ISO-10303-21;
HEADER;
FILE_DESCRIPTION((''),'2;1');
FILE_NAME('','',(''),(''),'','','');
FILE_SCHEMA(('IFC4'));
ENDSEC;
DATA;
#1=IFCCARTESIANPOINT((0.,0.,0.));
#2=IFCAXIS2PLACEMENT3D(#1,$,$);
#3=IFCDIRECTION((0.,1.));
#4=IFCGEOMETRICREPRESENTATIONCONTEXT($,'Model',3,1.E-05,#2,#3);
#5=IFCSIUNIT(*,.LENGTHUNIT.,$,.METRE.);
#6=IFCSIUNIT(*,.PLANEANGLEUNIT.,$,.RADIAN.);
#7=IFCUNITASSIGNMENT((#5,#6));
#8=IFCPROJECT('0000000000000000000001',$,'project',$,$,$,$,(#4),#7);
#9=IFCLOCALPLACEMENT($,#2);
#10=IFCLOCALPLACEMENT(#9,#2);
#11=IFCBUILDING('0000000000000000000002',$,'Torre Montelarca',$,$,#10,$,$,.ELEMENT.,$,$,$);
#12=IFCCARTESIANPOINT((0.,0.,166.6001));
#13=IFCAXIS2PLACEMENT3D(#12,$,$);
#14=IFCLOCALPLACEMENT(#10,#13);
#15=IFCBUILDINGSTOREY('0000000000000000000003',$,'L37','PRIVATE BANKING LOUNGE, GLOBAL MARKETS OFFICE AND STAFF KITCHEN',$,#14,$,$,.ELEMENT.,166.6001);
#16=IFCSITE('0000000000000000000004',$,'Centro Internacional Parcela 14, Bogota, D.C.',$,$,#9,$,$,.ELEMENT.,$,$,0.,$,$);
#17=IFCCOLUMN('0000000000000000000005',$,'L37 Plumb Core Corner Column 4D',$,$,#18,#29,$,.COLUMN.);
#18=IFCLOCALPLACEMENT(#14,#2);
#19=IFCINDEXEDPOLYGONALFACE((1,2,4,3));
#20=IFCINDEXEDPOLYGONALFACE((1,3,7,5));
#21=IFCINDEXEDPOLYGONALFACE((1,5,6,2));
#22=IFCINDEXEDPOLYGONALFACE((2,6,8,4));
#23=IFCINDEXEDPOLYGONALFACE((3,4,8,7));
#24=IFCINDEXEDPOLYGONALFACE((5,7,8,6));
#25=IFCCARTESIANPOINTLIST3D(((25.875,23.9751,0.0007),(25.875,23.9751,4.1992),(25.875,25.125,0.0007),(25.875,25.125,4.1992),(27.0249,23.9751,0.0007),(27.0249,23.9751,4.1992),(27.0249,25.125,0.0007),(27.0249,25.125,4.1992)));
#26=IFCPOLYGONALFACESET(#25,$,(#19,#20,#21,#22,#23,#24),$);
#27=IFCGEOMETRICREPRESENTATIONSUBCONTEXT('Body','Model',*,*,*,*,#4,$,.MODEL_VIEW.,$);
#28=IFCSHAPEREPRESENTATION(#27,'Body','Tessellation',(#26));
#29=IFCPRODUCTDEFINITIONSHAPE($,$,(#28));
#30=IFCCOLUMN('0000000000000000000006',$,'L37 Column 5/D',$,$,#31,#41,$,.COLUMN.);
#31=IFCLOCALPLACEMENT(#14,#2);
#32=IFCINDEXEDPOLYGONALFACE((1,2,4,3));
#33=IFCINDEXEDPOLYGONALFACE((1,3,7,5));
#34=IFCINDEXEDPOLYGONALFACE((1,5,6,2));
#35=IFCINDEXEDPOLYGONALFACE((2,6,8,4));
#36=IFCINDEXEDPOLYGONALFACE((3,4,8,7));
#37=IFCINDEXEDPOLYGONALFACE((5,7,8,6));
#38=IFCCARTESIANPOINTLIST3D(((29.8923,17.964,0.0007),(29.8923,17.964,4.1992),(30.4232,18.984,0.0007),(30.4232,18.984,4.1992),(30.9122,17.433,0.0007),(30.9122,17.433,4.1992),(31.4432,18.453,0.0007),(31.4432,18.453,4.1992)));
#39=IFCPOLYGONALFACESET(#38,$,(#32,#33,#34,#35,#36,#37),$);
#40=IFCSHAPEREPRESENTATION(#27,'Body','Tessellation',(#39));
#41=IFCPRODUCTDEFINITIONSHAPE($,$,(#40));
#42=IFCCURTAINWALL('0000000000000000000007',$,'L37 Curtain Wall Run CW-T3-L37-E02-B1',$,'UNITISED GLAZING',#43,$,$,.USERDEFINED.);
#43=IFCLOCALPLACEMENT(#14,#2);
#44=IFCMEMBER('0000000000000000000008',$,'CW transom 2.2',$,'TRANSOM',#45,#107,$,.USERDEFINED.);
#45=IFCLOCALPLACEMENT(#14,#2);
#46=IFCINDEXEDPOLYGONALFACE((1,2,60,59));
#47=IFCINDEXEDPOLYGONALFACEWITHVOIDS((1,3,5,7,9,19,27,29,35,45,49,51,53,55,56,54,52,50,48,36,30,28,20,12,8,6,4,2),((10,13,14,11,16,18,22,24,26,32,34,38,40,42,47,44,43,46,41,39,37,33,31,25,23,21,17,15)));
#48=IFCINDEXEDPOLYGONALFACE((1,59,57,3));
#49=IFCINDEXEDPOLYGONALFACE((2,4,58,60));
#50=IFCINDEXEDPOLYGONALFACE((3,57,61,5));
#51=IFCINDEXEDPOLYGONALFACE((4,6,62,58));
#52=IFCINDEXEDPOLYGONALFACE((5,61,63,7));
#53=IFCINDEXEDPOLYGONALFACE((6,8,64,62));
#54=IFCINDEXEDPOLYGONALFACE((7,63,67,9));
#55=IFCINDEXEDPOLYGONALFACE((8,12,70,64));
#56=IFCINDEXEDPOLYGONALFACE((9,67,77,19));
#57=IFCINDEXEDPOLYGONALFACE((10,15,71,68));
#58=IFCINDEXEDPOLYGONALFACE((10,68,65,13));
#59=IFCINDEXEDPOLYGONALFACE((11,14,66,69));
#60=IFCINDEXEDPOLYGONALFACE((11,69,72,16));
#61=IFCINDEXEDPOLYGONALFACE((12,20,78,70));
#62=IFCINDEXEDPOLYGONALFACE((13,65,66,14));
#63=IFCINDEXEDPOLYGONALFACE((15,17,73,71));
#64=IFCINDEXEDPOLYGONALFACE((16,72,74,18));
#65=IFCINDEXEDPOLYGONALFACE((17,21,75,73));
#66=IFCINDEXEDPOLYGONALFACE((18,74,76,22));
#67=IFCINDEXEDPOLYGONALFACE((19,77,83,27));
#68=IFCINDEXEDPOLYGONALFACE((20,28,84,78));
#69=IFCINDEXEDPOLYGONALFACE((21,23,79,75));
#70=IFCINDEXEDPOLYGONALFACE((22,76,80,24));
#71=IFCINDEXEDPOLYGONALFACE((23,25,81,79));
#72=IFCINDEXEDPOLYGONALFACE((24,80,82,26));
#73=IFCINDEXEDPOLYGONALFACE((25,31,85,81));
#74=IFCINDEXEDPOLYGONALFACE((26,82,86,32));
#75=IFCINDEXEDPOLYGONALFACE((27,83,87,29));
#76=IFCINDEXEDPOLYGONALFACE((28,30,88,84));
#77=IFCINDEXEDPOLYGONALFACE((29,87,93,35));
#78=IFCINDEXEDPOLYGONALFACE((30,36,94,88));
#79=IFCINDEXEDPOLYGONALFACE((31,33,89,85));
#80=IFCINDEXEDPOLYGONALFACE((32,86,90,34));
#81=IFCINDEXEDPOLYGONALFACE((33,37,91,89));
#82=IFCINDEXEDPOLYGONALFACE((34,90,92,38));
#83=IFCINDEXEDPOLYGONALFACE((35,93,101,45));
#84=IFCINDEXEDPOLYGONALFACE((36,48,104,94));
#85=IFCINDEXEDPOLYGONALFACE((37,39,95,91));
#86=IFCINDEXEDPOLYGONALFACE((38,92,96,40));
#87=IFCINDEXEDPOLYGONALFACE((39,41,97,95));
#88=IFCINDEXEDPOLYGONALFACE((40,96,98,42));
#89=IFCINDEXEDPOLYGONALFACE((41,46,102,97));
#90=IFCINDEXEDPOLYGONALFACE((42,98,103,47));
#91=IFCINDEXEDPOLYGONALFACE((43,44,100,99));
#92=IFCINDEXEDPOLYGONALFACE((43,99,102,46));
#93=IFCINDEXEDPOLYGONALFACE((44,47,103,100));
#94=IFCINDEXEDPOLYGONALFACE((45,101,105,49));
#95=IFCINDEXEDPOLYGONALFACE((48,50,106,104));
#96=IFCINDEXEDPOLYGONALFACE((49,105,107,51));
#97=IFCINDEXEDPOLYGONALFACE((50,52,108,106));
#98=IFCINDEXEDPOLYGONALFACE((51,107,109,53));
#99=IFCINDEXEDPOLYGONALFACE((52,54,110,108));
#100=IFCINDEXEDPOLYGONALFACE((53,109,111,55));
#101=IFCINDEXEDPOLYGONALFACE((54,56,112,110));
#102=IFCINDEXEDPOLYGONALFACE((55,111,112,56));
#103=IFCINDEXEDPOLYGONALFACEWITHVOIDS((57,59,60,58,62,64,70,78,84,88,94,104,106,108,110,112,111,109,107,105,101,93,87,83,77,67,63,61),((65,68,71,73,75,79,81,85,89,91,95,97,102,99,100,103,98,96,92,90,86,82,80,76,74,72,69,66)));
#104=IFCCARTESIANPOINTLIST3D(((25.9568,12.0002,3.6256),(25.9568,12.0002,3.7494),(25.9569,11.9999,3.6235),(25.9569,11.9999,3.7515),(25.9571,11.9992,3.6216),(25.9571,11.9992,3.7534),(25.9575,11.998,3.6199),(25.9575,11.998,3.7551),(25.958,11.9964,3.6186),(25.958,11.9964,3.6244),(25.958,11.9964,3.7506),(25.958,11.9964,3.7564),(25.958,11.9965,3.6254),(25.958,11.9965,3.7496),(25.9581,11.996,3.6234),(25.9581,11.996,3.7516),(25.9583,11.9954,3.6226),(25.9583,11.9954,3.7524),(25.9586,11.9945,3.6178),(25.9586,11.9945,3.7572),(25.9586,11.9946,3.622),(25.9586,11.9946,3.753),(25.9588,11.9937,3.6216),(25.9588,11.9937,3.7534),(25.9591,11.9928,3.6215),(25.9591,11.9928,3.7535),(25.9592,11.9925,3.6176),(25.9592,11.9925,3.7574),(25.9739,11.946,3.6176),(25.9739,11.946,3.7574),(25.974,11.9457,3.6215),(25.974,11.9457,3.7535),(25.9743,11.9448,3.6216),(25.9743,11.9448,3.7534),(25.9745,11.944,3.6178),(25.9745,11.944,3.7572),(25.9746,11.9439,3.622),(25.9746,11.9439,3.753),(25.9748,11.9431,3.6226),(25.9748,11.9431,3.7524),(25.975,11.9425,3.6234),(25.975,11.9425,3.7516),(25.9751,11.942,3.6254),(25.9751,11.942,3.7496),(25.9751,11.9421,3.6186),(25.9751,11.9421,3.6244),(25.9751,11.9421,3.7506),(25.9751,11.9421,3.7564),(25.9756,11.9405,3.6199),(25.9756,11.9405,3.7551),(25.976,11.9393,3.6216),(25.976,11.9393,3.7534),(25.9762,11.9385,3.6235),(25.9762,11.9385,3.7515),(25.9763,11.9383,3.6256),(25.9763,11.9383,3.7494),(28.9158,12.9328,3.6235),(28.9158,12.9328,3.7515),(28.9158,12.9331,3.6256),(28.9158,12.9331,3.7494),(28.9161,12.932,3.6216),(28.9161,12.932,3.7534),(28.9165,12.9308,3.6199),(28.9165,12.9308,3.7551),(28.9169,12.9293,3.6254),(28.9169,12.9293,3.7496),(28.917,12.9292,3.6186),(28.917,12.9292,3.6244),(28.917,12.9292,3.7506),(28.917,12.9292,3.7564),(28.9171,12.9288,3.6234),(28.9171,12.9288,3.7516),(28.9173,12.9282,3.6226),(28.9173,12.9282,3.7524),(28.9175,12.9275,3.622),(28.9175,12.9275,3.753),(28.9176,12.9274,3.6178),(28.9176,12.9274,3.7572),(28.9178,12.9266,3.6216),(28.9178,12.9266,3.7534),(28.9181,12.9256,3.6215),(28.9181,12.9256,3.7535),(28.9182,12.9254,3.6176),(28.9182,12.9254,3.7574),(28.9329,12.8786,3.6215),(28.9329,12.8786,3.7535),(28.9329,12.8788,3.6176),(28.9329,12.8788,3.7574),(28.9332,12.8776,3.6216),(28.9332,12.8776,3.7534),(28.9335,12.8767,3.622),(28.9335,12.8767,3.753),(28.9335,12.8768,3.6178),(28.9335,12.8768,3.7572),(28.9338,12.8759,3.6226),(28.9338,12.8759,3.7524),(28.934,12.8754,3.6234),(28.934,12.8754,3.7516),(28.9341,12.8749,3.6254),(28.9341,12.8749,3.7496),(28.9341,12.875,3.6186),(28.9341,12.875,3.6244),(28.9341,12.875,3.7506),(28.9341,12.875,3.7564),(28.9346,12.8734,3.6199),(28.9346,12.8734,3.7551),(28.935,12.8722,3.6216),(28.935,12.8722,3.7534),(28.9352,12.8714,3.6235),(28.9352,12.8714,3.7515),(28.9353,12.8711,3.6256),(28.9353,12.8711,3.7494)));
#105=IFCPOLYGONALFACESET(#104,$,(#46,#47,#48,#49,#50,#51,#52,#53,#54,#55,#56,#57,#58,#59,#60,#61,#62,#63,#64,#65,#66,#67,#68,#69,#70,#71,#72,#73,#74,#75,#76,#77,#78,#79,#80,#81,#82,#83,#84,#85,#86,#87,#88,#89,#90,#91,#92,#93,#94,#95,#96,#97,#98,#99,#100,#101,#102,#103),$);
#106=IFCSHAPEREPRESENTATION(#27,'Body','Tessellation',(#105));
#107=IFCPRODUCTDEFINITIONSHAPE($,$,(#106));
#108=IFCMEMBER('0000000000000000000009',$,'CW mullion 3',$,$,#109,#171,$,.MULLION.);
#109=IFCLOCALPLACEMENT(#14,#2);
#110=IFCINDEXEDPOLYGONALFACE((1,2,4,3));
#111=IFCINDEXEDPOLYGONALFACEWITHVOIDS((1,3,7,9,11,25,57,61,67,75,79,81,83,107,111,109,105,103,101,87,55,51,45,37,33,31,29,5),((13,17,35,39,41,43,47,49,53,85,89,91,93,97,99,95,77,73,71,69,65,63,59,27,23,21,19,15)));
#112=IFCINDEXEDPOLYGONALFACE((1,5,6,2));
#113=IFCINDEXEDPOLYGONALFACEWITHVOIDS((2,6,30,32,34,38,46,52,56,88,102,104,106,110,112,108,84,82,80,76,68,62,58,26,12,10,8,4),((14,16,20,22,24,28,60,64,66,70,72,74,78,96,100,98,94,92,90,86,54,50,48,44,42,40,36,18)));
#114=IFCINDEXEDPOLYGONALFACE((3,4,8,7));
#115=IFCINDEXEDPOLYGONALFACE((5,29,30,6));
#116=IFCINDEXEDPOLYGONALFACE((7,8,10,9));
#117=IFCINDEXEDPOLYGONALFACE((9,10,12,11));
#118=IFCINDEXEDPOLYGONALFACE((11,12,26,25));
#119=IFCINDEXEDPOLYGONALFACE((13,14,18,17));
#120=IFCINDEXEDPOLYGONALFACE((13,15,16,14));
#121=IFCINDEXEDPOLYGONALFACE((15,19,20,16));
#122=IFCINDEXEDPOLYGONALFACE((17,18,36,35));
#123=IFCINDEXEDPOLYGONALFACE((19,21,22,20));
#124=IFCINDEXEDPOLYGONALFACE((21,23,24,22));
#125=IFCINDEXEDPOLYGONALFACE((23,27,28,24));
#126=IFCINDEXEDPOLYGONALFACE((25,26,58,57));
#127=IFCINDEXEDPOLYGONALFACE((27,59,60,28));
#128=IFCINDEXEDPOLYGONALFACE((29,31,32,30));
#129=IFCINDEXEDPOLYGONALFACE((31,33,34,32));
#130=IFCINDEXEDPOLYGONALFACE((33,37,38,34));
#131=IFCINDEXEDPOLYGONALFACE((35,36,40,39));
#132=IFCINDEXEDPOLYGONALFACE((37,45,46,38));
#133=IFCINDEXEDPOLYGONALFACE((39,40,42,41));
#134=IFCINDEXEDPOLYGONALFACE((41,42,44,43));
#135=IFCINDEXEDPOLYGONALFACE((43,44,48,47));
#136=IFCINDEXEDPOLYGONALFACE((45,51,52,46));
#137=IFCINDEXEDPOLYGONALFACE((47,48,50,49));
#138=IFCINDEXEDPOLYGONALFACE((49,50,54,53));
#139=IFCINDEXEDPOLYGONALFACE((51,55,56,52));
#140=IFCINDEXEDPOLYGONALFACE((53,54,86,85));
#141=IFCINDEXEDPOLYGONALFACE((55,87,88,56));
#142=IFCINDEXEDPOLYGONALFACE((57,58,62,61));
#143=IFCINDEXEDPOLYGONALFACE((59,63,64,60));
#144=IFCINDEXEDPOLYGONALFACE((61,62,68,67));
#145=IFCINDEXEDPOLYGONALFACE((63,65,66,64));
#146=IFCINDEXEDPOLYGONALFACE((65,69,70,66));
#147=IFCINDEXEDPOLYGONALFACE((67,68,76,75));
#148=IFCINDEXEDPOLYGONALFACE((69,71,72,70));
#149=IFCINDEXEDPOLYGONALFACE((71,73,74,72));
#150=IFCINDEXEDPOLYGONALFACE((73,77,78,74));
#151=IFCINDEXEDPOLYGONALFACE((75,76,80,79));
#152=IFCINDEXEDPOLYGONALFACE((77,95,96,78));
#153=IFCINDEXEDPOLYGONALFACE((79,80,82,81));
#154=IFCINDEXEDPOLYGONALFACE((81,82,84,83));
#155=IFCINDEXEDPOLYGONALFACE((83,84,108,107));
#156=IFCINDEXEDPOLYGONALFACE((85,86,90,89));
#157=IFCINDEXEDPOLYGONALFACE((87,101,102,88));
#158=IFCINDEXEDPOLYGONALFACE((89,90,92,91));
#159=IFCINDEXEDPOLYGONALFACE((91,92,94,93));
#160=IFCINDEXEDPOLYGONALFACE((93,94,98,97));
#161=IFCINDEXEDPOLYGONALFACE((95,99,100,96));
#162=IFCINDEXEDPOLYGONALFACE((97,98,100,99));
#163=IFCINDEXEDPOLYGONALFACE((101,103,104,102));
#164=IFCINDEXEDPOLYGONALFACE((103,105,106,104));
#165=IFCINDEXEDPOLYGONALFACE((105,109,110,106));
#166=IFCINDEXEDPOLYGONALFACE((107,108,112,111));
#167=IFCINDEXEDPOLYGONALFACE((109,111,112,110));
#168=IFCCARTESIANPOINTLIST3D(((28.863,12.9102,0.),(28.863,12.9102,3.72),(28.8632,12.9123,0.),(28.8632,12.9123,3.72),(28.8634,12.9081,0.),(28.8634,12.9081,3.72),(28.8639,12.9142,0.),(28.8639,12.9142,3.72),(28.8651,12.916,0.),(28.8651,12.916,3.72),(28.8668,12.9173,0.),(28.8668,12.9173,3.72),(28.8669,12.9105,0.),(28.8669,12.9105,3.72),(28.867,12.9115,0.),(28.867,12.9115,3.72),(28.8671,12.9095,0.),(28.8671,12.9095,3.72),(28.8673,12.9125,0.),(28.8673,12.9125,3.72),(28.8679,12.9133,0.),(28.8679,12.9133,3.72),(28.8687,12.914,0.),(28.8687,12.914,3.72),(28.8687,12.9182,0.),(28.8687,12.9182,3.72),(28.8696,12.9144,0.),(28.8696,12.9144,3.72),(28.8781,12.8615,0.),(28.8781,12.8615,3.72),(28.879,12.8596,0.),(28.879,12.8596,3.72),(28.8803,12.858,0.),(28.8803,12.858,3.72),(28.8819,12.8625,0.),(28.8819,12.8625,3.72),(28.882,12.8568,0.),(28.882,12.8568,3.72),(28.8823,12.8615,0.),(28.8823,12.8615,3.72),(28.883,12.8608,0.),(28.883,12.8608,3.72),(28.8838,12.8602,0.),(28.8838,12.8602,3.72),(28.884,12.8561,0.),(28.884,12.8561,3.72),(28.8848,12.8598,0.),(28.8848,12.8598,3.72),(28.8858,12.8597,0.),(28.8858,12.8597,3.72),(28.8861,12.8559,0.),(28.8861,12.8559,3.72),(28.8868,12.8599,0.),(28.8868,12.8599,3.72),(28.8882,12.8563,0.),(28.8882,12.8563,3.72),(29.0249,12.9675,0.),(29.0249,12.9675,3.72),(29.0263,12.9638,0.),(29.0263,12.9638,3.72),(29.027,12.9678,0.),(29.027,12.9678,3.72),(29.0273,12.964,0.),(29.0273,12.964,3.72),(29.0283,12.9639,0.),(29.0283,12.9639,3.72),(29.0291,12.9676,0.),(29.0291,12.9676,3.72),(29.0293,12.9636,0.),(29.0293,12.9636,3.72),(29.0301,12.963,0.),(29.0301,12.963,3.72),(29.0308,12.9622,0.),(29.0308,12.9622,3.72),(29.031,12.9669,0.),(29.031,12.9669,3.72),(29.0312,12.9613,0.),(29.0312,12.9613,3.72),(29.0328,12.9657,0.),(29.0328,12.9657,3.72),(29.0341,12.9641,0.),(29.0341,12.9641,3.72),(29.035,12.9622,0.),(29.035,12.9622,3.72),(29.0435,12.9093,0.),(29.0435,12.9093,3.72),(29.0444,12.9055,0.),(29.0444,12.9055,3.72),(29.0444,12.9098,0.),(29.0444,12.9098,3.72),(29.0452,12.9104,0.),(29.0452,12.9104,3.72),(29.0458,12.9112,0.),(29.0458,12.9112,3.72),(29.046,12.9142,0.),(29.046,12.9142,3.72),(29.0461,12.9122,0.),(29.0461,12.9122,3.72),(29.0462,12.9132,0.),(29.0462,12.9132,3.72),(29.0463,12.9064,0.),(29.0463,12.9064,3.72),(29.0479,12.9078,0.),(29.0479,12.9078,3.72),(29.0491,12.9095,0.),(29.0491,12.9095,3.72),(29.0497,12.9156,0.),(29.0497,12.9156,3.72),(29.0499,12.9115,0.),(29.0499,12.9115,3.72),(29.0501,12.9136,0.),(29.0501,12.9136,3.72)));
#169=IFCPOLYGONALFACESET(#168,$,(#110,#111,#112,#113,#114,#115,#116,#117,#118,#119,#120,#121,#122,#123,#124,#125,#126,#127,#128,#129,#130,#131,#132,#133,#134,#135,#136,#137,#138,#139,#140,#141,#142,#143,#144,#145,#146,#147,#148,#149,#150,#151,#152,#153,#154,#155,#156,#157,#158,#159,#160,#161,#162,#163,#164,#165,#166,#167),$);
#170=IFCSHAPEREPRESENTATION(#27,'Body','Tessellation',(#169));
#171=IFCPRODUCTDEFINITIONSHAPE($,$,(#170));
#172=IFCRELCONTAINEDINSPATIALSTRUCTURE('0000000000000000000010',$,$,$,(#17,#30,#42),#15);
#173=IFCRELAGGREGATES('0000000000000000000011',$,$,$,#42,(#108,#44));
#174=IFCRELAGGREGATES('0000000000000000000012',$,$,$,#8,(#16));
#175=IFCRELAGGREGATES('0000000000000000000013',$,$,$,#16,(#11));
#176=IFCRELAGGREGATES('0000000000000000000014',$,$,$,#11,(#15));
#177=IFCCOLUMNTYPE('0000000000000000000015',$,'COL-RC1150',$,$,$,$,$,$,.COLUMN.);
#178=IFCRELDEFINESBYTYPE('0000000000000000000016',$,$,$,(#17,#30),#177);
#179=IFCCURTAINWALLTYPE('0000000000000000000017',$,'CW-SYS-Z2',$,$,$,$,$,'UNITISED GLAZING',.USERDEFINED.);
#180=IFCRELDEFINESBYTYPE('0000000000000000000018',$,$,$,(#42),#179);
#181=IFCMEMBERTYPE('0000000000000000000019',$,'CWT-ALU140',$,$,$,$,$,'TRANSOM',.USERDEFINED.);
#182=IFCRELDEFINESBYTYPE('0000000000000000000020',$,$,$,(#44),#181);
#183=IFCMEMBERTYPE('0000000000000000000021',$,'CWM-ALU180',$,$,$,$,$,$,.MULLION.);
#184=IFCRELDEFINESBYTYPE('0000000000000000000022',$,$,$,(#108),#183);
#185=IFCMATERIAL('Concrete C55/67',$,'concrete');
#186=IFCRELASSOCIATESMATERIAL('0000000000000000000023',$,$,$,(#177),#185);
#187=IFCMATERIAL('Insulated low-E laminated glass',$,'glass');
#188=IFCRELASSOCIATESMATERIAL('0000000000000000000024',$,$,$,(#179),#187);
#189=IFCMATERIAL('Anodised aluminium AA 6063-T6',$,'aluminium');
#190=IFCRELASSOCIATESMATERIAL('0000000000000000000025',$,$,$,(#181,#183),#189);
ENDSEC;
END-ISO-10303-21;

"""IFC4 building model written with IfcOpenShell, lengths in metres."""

from ifc_helpers import new_model, si_unit, direction, frame, origin, origin_2d, place, context, subcontext, project, spatial, rectangle, hollow_rectangle, extrude, source, transform, mapped, material, material_profile, profile_set, type_object, element, aggregate, save


model = new_model("IFC4")

# Units and contexts
model_context = context("Model", 3, precision=1e-05, world=origin(), true_north=direction((0.0, 1.0)))
body_context = subcontext(model_context, "Body", "Model", "MODEL_VIEW")
ifc_project = project(units=[si_unit("LENGTHUNIT", "METRE"), si_unit("PLANEANGLEUNIT", "RADIAN")], contexts=[model_context])

# Site, building, storey
site_placement = place(None, origin())
site = spatial("IfcSite", under=ifc_project, at=site_placement, Name="Centro Internacional Parcela 14, Bogota, D.C.", CompositionType="ELEMENT", RefElevation=0.0)
building_placement = place(site_placement, origin())
building = spatial("IfcBuilding", under=site, at=building_placement, Name="Torre Montelarca", CompositionType="ELEMENT")
storey_placement = place(building_placement, frame((0.0, 0.0, 166.6001)))
storey = spatial("IfcBuildingStorey", under=building, at=storey_placement, Name="L37", Description="PRIVATE BANKING LOUNGE, GLOBAL MARKETS OFFICE AND STAFF KITCHEN", CompositionType="ELEMENT", Elevation=166.6001)

# Columns
ifc_material_1 = material(Name="Concrete C55/67", Category="concrete")
ifc_material_profile_1 = material_profile(ifc_material_1, rectangle(XDim=1.1499, YDim=1.1499, at=origin_2d()), Name="RC1150X1150", Category="concrete")
ifc_profile_set_1 = profile_set([ifc_material_profile_1], Name="Concrete C55/67")
column_type = type_object("IfcColumnType", Name="COL-RC1150", PredefinedType="COLUMN", material=ifc_profile_set_1)
shared_shape_1 = source(origin(), body_context, "Body", "SweptSolid", [
    extrude(rectangle(XDim=1.1499, YDim=1.1499, at=origin_2d()), origin(), (0.0, 0.0, 1.0), 4.1985),
])
for number, where, z_axis, x_axis, name in (
    (1, (26.45, 24.55, 0.0007), (0.0, 0.0, 1.0), (1.0, 0.0, 0.0), "L37 Plumb Core Corner Column 4D"),
    (2, (30.6677, 18.2085, 0.0007), (0.0, 0.0, 1.0), (-0.887011, 0.461749, 0.0), "L37 Column 5/D"),
):
    element("IfcColumn", number, at=place(storey_placement, frame(where, z_axis=z_axis, x_axis=x_axis)), inside=storey, type_object=column_type, Name=name, PredefinedType="COLUMN", context=body_context, shape_type="MappedRepresentation", body=[
        mapped(shared_shape_1, transform((0.0, 0.0, 0.0), scale=1.0)),
    ])

# Curtain wall, members
ifc_material_2 = material(Name="Insulated low-E laminated glass", Category="glass")
curtain_wall_type = type_object("IfcCurtainWallType", Name="CW-SYS-Z2", ElementType="UNITISED GLAZING", PredefinedType="USERDEFINED", material=ifc_material_2)
curtain_wall_1_placement = place(storey_placement, origin())
curtain_wall_1 = element("IfcCurtainWall", 3, at=curtain_wall_1_placement, inside=storey, type_object=curtain_wall_type, Name="L37 Curtain Wall Run CW-T3-L37-E02-B1", ObjectType="UNITISED GLAZING", PredefinedType="USERDEFINED")
ifc_material_3 = material(Name="Anodised aluminium AA 6063-T6", Category="aluminium")
ifc_material_profile_2 = material_profile(ifc_material_3, hollow_rectangle(XDim=0.0649, YDim=0.1399, WallThickness=0.0039, InnerFilletRadius=0.0039, OuterFilletRadius=0.0081, at=origin_2d()), Name="ALU65X140X4", Category="aluminium")
ifc_profile_set_2 = profile_set([ifc_material_profile_2], Name="Anodised aluminium AA 6063-T6")
member_type_1 = type_object("IfcMemberType", Name="CWT-ALU140", ElementType="TRANSOM", PredefinedType="USERDEFINED", material=ifc_profile_set_2)
shared_shape_2 = source(origin(), body_context, "Body", "SweptSolid", [
    extrude(hollow_rectangle(XDim=0.0649, YDim=0.1399, WallThickness=0.0039, InnerFilletRadius=0.0039, OuterFilletRadius=0.0081, at=origin_2d()), origin(), (0.0, 0.0, 1.0), 3.1025),
])
member_1_placement = place(storey_placement, frame((25.9666, 11.9692, 3.6875), z_axis=(0.953726, 0.300676, 0.0), x_axis=(-0.300676, 0.953726, 0.0)))
member_1 = element("IfcMember", 4, at=member_1_placement, type_object=member_type_1, Name="CW transom 2.2", ObjectType="TRANSOM", PredefinedType="USERDEFINED", context=body_context, shape_type="MappedRepresentation", body=[
    mapped(shared_shape_2, transform((0.0, 0.0, 0.0), scale=1.0)),
])
ifc_material_profile_3 = material_profile(ifc_material_3, hollow_rectangle(XDim=0.0649, YDim=0.1799, WallThickness=0.0039, InnerFilletRadius=0.0039, OuterFilletRadius=0.0081, at=origin_2d()), Name="ALU65X180X4", Category="aluminium")
ifc_profile_set_3 = profile_set([ifc_material_profile_3], Name="Anodised aluminium AA 6063-T6")
member_type_2 = type_object("IfcMemberType", Name="CWM-ALU180", PredefinedType="MULLION", material=ifc_profile_set_3)
shared_shape_3 = source(origin(), body_context, "Body", "SweptSolid", [
    extrude(hollow_rectangle(XDim=0.0649, YDim=0.1799, WallThickness=0.0039, InnerFilletRadius=0.0039, OuterFilletRadius=0.0081, at=origin_2d()), origin(), (0.0, 0.0, 1.0), 3.72),
])
member_2_placement = place(storey_placement, frame((28.9565, 12.9119, 0.0), z_axis=(0.0, 0.0, 1.0), x_axis=(-0.300703, 0.953718, 0.0)))
member_2 = element("IfcMember", 5, at=member_2_placement, type_object=member_type_2, Name="CW mullion 3", PredefinedType="MULLION", context=body_context, shape_type="MappedRepresentation", body=[
    mapped(shared_shape_3, transform((0.0, 0.0, 0.0), scale=1.0)),
])

aggregate(curtain_wall_1, [member_2, member_1])

save(model, "model.ifc")
